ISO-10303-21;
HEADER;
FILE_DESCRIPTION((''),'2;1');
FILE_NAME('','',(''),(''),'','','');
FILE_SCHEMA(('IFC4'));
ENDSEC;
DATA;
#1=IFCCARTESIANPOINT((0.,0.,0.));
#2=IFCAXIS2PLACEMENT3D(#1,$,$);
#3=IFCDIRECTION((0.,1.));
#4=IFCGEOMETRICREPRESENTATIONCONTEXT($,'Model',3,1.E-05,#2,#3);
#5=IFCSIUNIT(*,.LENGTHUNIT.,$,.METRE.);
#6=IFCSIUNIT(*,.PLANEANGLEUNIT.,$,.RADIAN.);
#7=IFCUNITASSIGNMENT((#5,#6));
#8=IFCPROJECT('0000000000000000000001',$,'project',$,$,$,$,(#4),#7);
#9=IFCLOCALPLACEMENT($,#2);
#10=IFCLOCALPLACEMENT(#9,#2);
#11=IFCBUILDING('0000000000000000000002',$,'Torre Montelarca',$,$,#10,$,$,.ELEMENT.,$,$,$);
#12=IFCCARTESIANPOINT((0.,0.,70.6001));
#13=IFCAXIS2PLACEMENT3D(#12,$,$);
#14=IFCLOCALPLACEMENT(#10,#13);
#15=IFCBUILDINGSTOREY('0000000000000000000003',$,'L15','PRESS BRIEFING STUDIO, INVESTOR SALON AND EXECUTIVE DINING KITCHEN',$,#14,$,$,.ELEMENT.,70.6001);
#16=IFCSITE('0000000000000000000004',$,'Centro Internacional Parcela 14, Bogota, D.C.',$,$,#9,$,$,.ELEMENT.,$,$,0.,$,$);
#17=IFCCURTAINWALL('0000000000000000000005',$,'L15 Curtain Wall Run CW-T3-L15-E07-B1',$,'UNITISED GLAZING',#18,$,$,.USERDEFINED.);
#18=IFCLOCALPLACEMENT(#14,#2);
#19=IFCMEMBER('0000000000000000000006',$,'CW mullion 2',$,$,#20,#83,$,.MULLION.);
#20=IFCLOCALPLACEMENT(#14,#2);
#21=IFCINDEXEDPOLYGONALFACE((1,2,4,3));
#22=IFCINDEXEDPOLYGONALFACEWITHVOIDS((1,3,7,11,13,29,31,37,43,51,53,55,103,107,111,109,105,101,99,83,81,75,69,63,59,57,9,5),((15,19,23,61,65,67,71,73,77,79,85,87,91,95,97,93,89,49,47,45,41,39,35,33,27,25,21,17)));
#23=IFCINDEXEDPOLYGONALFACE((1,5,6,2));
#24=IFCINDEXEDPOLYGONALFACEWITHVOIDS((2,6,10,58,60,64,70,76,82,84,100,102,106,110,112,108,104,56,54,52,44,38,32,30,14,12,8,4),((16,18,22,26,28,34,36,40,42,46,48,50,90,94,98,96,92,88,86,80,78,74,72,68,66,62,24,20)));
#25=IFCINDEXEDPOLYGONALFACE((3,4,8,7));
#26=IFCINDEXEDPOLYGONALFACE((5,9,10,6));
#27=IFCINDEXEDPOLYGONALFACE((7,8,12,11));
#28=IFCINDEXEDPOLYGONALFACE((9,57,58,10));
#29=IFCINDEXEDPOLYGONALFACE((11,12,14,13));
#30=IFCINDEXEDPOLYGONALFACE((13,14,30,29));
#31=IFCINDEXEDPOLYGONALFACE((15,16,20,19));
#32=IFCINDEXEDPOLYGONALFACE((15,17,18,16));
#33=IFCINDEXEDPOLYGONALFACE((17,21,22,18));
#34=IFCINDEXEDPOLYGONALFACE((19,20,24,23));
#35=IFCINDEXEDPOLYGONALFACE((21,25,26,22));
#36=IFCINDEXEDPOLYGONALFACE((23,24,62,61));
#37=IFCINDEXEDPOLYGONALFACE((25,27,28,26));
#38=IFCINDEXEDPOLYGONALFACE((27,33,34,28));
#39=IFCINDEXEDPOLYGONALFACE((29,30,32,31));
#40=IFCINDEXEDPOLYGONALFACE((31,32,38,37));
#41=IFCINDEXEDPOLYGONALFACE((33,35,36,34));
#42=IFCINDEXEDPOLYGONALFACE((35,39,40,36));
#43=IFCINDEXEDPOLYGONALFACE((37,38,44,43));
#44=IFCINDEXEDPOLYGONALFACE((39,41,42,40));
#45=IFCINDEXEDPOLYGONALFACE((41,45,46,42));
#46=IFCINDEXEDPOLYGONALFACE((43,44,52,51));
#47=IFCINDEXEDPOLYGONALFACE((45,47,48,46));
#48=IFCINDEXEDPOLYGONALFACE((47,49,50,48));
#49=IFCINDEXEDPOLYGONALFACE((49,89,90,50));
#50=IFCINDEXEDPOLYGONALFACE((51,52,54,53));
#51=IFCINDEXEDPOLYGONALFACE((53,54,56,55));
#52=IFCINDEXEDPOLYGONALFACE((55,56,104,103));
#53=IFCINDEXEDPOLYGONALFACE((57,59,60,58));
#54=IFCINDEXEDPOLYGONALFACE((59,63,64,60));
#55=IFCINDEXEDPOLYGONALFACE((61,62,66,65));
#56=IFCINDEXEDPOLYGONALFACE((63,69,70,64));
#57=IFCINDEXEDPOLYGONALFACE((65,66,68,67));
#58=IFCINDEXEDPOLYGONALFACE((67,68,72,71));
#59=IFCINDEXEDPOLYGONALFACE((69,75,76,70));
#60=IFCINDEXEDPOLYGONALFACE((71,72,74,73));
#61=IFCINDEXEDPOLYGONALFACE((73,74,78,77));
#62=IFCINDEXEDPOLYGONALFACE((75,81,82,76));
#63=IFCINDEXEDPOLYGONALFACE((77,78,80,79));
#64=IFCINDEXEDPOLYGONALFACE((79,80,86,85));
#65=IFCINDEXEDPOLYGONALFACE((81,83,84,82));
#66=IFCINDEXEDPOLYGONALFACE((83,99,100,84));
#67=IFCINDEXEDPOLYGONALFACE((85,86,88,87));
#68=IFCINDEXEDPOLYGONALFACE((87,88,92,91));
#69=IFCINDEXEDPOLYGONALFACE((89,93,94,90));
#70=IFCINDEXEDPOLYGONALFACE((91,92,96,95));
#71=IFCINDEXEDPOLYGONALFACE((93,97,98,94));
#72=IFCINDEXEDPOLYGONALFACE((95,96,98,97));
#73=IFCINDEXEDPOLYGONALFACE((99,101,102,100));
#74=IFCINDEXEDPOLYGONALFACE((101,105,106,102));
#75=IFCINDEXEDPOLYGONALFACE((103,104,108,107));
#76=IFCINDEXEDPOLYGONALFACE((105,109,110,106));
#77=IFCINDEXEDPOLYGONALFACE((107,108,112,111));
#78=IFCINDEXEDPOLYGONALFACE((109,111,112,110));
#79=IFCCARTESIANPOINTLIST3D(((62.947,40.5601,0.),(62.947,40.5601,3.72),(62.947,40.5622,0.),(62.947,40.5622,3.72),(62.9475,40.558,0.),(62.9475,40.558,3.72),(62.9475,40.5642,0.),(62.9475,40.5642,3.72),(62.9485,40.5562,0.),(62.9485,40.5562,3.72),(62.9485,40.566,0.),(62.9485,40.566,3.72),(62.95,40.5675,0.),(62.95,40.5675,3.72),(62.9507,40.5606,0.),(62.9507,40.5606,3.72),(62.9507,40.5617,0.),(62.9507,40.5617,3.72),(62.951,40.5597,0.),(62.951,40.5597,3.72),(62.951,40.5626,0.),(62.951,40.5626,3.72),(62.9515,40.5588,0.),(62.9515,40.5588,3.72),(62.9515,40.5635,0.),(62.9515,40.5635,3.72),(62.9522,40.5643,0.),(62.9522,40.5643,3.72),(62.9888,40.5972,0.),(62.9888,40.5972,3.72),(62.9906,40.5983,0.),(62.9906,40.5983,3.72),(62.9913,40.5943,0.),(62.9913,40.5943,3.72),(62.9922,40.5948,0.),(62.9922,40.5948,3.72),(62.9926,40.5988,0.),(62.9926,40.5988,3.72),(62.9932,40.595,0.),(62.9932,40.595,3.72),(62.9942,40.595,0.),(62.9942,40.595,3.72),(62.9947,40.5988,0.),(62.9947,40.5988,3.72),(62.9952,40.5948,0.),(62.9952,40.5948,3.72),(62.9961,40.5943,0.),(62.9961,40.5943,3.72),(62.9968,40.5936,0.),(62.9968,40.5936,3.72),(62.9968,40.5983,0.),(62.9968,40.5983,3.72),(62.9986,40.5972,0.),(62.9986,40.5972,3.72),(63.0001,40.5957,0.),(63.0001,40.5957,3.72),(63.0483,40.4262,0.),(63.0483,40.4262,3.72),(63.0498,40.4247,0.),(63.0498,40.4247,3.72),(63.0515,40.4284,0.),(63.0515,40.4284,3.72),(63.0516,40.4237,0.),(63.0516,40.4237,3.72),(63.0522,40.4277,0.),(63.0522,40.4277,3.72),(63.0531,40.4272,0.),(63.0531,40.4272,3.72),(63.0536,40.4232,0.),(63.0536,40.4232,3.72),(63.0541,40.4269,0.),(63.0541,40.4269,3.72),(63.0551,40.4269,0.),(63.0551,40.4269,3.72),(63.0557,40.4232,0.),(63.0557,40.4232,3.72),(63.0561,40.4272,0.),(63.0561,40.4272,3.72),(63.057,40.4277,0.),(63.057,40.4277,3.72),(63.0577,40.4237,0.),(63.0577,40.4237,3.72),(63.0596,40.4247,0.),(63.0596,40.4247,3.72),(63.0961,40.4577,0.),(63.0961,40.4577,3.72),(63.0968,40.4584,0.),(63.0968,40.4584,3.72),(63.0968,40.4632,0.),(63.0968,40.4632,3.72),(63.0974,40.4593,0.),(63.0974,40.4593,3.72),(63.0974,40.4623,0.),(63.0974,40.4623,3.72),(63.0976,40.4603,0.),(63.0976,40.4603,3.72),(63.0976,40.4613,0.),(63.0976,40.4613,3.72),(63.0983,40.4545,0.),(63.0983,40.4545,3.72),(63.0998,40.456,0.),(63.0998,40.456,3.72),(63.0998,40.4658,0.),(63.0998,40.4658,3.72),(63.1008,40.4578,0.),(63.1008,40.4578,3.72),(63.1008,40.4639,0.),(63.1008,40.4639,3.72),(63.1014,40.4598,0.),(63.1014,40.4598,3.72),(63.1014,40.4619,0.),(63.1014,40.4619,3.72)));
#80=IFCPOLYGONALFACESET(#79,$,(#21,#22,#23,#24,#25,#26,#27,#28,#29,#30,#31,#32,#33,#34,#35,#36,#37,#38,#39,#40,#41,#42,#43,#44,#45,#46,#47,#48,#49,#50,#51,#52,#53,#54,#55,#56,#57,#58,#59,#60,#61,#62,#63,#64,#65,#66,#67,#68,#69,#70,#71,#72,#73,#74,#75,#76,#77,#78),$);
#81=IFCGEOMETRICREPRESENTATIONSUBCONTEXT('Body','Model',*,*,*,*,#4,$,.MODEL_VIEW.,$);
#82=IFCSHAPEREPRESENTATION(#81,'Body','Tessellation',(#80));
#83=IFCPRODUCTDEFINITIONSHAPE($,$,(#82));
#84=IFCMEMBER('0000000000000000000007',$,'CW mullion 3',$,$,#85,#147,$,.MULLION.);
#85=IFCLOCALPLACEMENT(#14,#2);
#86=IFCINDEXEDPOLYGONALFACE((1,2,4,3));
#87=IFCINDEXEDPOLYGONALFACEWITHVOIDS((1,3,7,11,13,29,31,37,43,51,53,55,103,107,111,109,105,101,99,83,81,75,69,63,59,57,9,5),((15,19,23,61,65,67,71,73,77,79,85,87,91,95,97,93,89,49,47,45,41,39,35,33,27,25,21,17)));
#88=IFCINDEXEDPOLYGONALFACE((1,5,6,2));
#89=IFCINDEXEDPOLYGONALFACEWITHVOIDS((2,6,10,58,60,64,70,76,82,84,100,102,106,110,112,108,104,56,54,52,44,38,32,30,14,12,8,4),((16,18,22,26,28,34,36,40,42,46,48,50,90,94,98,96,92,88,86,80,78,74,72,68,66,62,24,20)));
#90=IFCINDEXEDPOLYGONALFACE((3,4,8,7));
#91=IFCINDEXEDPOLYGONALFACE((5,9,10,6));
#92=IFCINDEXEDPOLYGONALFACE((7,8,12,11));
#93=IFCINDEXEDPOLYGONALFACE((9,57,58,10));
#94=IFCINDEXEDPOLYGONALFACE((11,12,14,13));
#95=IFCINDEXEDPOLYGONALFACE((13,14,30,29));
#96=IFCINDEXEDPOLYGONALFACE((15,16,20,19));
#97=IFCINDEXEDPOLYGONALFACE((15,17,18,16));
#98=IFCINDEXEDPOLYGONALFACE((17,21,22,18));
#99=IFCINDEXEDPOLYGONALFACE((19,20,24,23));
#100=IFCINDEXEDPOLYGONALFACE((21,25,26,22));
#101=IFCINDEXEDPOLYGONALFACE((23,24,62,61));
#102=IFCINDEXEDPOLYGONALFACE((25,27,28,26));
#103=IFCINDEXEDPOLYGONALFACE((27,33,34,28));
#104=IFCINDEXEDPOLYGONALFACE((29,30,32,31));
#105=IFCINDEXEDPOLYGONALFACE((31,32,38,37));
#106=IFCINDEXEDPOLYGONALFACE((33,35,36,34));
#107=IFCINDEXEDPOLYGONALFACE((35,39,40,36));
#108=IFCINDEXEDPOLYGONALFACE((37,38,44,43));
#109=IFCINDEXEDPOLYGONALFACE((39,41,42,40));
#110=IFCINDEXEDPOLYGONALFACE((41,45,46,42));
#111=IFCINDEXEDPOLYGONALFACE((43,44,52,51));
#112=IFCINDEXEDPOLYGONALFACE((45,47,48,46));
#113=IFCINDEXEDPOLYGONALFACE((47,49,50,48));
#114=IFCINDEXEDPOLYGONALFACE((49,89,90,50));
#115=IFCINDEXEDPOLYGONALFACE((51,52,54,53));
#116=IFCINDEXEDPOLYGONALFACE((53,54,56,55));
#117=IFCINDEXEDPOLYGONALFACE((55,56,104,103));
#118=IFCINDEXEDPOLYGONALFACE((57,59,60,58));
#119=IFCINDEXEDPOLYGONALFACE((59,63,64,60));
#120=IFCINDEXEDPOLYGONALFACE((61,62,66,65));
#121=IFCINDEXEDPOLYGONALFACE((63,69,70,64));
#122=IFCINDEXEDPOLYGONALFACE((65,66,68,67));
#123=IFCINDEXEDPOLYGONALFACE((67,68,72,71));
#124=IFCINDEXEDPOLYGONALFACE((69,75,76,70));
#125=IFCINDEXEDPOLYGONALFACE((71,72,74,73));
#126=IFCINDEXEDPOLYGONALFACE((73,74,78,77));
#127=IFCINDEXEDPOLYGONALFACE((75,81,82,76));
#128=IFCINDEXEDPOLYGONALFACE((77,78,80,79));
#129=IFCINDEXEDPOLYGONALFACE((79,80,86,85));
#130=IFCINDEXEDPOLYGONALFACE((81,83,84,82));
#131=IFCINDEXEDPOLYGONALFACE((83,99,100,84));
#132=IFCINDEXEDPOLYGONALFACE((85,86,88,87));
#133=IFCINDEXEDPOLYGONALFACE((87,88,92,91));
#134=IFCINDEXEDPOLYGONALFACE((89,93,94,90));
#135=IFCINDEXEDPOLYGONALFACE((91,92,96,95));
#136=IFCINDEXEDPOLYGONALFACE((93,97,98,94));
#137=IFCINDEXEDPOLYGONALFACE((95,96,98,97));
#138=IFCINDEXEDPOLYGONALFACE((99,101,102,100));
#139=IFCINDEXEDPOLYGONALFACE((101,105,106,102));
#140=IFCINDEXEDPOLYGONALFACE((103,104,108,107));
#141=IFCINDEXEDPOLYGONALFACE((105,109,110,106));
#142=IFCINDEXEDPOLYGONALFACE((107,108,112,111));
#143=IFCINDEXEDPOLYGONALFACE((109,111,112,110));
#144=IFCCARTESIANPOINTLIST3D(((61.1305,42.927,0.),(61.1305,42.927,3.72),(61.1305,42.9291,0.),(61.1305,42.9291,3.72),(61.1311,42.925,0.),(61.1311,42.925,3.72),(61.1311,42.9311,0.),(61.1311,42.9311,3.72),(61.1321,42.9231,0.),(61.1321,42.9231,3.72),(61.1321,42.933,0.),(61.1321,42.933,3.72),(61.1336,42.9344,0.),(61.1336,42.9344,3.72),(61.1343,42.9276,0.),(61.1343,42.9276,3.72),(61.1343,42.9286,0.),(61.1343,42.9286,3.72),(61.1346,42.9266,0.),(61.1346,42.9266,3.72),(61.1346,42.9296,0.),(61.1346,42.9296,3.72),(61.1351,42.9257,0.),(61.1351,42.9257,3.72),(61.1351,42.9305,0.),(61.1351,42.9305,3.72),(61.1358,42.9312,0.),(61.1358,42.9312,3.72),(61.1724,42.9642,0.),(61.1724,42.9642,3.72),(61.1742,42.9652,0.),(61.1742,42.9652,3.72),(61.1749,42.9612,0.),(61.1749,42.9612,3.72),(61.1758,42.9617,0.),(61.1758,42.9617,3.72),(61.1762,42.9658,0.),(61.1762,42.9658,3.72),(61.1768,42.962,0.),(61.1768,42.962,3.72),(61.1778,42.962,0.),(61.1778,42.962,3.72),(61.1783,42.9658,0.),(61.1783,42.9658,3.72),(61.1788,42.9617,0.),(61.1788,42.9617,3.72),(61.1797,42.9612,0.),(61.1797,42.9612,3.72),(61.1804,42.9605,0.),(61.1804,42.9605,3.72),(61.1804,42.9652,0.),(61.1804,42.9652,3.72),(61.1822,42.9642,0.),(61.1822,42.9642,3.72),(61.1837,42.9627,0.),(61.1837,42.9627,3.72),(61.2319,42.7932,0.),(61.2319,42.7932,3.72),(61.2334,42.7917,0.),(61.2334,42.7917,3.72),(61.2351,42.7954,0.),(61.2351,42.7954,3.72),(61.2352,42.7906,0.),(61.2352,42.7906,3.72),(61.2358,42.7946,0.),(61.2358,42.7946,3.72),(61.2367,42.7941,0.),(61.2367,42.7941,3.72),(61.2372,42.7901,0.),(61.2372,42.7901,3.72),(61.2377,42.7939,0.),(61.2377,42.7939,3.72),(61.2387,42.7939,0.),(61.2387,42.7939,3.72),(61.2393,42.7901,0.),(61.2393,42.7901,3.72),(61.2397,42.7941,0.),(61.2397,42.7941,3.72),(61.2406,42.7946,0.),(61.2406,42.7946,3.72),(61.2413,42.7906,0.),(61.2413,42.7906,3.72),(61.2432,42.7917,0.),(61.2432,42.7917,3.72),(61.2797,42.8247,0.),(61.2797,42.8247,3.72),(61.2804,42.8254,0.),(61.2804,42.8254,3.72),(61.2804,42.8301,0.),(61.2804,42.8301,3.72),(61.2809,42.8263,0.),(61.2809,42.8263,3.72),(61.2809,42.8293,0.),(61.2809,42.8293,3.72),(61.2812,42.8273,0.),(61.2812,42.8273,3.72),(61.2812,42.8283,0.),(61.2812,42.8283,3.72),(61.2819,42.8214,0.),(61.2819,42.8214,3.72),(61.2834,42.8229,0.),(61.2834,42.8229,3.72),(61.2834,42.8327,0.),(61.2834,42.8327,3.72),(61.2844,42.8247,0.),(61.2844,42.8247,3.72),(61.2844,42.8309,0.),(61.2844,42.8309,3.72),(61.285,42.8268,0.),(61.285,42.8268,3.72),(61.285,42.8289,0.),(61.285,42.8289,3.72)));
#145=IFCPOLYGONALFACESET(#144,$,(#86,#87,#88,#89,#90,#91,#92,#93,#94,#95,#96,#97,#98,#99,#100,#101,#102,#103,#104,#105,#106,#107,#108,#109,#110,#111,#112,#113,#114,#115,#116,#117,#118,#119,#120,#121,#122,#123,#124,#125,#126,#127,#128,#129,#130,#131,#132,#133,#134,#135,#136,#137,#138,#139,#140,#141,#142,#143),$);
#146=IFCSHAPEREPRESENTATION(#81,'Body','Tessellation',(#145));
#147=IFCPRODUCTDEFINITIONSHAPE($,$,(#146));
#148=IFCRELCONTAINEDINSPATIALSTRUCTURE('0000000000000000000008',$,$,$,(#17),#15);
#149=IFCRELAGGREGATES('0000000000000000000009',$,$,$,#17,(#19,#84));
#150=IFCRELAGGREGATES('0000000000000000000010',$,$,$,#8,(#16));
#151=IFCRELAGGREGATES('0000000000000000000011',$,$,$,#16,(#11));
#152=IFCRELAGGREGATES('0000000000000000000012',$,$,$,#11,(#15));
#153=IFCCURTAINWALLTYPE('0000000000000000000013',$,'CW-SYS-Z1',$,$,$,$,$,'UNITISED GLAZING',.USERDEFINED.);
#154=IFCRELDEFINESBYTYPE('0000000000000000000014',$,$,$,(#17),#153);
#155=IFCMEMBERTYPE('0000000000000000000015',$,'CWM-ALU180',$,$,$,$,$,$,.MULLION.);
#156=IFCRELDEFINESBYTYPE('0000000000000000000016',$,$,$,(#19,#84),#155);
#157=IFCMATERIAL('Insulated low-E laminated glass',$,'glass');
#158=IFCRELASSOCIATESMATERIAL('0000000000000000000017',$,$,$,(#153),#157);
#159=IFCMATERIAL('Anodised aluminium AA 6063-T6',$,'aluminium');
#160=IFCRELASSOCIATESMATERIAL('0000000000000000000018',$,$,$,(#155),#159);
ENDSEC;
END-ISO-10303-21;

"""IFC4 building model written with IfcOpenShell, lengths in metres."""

from ifc_helpers import new_model, si_unit, direction, frame, origin, origin_2d, place, context, subcontext, project, spatial, hollow_rectangle, extrude, source, transform, mapped, material, material_profile, profile_set, type_object, element, aggregate, save


model = new_model("IFC4")

# Units and contexts
model_context = context("Model", 3, precision=1e-05, world=origin(), true_north=direction((0.0, 1.0)))
body_context = subcontext(model_context, "Body", "Model", "MODEL_VIEW")
ifc_project = project(units=[si_unit("LENGTHUNIT", "METRE"), si_unit("PLANEANGLEUNIT", "RADIAN")], contexts=[model_context])

# Site, building, storey
site_placement = place(None, origin())
site = spatial("IfcSite", under=ifc_project, at=site_placement, Name="Centro Internacional Parcela 14, Bogota, D.C.", CompositionType="ELEMENT", RefElevation=0.0)
building_placement = place(site_placement, origin())
building = spatial("IfcBuilding", under=site, at=building_placement, Name="Torre Montelarca", CompositionType="ELEMENT")
storey_placement = place(building_placement, frame((0.0, 0.0, 70.6001)))
storey = spatial("IfcBuildingStorey", under=building, at=storey_placement, Name="L15", Description="PRESS BRIEFING STUDIO, INVESTOR SALON AND EXECUTIVE DINING KITCHEN", CompositionType="ELEMENT", Elevation=70.6001)

# Curtain wall
ifc_material_1 = material(Name="Insulated low-E laminated glass", Category="glass")
curtain_wall_type = type_object("IfcCurtainWallType", Name="CW-SYS-Z1", ElementType="UNITISED GLAZING", PredefinedType="USERDEFINED", material=ifc_material_1)
curtain_wall_1_placement = place(storey_placement, origin())
curtain_wall_1 = element("IfcCurtainWall", 1, at=curtain_wall_1_placement, inside=storey, type_object=curtain_wall_type, Name="L15 Curtain Wall Run CW-T3-L15-E07-B1", ObjectType="UNITISED GLAZING", PredefinedType="USERDEFINED")
ifc_material_2 = material(Name="Anodised aluminium AA 6063-T6", Category="aluminium")

# Members
ifc_material_profile_1 = material_profile(ifc_material_2, hollow_rectangle(XDim=0.0649, YDim=0.1799, WallThickness=0.0039, InnerFilletRadius=0.0039, OuterFilletRadius=0.0081, at=origin_2d()), Name="ALU65X180X4", Category="aluminium")
ifc_profile_set_1 = profile_set([ifc_material_profile_1], Name="Anodised aluminium AA 6063-T6")
member_type_1 = type_object("IfcMemberType", Name="CWM-ALU180", PredefinedType="MULLION", material=ifc_profile_set_1)
shared_shape_1 = source(origin(), body_context, "Body", "SweptSolid", [
    extrude(hollow_rectangle(XDim=0.0649, YDim=0.1799, WallThickness=0.0039, InnerFilletRadius=0.0039, OuterFilletRadius=0.0081, at=origin_2d()), origin(), (0.0, 0.0, 1.0), 3.72),
])
member_1_placement = place(storey_placement, frame((63.0242, 40.511, 0.0), z_axis=(0.0, 0.0, 1.0), x_axis=(-0.793359, -0.608754, 0.0)))
member_1 = element("IfcMember", 2, at=member_1_placement, type_object=member_type_1, Name="CW mullion 2", PredefinedType="MULLION", context=body_context, shape_type="MappedRepresentation", body=[
    mapped(shared_shape_1, transform((0.0, 0.0, 0.0), scale=1.0)),
])
member_2_placement = place(storey_placement, frame((61.2078, 42.8779, 0.0), z_axis=(0.0, 0.0, 1.0), x_axis=(-0.793359, -0.608754, 0.0)))
member_2 = element("IfcMember", 3, at=member_2_placement, type_object=member_type_1, Name="CW mullion 3", PredefinedType="MULLION", context=body_context, shape_type="MappedRepresentation", body=[
    mapped(shared_shape_1, transform((0.0, 0.0, 0.0), scale=1.0)),
])

aggregate(curtain_wall_1, [member_1, member_2])

save(model, "model.ifc")
